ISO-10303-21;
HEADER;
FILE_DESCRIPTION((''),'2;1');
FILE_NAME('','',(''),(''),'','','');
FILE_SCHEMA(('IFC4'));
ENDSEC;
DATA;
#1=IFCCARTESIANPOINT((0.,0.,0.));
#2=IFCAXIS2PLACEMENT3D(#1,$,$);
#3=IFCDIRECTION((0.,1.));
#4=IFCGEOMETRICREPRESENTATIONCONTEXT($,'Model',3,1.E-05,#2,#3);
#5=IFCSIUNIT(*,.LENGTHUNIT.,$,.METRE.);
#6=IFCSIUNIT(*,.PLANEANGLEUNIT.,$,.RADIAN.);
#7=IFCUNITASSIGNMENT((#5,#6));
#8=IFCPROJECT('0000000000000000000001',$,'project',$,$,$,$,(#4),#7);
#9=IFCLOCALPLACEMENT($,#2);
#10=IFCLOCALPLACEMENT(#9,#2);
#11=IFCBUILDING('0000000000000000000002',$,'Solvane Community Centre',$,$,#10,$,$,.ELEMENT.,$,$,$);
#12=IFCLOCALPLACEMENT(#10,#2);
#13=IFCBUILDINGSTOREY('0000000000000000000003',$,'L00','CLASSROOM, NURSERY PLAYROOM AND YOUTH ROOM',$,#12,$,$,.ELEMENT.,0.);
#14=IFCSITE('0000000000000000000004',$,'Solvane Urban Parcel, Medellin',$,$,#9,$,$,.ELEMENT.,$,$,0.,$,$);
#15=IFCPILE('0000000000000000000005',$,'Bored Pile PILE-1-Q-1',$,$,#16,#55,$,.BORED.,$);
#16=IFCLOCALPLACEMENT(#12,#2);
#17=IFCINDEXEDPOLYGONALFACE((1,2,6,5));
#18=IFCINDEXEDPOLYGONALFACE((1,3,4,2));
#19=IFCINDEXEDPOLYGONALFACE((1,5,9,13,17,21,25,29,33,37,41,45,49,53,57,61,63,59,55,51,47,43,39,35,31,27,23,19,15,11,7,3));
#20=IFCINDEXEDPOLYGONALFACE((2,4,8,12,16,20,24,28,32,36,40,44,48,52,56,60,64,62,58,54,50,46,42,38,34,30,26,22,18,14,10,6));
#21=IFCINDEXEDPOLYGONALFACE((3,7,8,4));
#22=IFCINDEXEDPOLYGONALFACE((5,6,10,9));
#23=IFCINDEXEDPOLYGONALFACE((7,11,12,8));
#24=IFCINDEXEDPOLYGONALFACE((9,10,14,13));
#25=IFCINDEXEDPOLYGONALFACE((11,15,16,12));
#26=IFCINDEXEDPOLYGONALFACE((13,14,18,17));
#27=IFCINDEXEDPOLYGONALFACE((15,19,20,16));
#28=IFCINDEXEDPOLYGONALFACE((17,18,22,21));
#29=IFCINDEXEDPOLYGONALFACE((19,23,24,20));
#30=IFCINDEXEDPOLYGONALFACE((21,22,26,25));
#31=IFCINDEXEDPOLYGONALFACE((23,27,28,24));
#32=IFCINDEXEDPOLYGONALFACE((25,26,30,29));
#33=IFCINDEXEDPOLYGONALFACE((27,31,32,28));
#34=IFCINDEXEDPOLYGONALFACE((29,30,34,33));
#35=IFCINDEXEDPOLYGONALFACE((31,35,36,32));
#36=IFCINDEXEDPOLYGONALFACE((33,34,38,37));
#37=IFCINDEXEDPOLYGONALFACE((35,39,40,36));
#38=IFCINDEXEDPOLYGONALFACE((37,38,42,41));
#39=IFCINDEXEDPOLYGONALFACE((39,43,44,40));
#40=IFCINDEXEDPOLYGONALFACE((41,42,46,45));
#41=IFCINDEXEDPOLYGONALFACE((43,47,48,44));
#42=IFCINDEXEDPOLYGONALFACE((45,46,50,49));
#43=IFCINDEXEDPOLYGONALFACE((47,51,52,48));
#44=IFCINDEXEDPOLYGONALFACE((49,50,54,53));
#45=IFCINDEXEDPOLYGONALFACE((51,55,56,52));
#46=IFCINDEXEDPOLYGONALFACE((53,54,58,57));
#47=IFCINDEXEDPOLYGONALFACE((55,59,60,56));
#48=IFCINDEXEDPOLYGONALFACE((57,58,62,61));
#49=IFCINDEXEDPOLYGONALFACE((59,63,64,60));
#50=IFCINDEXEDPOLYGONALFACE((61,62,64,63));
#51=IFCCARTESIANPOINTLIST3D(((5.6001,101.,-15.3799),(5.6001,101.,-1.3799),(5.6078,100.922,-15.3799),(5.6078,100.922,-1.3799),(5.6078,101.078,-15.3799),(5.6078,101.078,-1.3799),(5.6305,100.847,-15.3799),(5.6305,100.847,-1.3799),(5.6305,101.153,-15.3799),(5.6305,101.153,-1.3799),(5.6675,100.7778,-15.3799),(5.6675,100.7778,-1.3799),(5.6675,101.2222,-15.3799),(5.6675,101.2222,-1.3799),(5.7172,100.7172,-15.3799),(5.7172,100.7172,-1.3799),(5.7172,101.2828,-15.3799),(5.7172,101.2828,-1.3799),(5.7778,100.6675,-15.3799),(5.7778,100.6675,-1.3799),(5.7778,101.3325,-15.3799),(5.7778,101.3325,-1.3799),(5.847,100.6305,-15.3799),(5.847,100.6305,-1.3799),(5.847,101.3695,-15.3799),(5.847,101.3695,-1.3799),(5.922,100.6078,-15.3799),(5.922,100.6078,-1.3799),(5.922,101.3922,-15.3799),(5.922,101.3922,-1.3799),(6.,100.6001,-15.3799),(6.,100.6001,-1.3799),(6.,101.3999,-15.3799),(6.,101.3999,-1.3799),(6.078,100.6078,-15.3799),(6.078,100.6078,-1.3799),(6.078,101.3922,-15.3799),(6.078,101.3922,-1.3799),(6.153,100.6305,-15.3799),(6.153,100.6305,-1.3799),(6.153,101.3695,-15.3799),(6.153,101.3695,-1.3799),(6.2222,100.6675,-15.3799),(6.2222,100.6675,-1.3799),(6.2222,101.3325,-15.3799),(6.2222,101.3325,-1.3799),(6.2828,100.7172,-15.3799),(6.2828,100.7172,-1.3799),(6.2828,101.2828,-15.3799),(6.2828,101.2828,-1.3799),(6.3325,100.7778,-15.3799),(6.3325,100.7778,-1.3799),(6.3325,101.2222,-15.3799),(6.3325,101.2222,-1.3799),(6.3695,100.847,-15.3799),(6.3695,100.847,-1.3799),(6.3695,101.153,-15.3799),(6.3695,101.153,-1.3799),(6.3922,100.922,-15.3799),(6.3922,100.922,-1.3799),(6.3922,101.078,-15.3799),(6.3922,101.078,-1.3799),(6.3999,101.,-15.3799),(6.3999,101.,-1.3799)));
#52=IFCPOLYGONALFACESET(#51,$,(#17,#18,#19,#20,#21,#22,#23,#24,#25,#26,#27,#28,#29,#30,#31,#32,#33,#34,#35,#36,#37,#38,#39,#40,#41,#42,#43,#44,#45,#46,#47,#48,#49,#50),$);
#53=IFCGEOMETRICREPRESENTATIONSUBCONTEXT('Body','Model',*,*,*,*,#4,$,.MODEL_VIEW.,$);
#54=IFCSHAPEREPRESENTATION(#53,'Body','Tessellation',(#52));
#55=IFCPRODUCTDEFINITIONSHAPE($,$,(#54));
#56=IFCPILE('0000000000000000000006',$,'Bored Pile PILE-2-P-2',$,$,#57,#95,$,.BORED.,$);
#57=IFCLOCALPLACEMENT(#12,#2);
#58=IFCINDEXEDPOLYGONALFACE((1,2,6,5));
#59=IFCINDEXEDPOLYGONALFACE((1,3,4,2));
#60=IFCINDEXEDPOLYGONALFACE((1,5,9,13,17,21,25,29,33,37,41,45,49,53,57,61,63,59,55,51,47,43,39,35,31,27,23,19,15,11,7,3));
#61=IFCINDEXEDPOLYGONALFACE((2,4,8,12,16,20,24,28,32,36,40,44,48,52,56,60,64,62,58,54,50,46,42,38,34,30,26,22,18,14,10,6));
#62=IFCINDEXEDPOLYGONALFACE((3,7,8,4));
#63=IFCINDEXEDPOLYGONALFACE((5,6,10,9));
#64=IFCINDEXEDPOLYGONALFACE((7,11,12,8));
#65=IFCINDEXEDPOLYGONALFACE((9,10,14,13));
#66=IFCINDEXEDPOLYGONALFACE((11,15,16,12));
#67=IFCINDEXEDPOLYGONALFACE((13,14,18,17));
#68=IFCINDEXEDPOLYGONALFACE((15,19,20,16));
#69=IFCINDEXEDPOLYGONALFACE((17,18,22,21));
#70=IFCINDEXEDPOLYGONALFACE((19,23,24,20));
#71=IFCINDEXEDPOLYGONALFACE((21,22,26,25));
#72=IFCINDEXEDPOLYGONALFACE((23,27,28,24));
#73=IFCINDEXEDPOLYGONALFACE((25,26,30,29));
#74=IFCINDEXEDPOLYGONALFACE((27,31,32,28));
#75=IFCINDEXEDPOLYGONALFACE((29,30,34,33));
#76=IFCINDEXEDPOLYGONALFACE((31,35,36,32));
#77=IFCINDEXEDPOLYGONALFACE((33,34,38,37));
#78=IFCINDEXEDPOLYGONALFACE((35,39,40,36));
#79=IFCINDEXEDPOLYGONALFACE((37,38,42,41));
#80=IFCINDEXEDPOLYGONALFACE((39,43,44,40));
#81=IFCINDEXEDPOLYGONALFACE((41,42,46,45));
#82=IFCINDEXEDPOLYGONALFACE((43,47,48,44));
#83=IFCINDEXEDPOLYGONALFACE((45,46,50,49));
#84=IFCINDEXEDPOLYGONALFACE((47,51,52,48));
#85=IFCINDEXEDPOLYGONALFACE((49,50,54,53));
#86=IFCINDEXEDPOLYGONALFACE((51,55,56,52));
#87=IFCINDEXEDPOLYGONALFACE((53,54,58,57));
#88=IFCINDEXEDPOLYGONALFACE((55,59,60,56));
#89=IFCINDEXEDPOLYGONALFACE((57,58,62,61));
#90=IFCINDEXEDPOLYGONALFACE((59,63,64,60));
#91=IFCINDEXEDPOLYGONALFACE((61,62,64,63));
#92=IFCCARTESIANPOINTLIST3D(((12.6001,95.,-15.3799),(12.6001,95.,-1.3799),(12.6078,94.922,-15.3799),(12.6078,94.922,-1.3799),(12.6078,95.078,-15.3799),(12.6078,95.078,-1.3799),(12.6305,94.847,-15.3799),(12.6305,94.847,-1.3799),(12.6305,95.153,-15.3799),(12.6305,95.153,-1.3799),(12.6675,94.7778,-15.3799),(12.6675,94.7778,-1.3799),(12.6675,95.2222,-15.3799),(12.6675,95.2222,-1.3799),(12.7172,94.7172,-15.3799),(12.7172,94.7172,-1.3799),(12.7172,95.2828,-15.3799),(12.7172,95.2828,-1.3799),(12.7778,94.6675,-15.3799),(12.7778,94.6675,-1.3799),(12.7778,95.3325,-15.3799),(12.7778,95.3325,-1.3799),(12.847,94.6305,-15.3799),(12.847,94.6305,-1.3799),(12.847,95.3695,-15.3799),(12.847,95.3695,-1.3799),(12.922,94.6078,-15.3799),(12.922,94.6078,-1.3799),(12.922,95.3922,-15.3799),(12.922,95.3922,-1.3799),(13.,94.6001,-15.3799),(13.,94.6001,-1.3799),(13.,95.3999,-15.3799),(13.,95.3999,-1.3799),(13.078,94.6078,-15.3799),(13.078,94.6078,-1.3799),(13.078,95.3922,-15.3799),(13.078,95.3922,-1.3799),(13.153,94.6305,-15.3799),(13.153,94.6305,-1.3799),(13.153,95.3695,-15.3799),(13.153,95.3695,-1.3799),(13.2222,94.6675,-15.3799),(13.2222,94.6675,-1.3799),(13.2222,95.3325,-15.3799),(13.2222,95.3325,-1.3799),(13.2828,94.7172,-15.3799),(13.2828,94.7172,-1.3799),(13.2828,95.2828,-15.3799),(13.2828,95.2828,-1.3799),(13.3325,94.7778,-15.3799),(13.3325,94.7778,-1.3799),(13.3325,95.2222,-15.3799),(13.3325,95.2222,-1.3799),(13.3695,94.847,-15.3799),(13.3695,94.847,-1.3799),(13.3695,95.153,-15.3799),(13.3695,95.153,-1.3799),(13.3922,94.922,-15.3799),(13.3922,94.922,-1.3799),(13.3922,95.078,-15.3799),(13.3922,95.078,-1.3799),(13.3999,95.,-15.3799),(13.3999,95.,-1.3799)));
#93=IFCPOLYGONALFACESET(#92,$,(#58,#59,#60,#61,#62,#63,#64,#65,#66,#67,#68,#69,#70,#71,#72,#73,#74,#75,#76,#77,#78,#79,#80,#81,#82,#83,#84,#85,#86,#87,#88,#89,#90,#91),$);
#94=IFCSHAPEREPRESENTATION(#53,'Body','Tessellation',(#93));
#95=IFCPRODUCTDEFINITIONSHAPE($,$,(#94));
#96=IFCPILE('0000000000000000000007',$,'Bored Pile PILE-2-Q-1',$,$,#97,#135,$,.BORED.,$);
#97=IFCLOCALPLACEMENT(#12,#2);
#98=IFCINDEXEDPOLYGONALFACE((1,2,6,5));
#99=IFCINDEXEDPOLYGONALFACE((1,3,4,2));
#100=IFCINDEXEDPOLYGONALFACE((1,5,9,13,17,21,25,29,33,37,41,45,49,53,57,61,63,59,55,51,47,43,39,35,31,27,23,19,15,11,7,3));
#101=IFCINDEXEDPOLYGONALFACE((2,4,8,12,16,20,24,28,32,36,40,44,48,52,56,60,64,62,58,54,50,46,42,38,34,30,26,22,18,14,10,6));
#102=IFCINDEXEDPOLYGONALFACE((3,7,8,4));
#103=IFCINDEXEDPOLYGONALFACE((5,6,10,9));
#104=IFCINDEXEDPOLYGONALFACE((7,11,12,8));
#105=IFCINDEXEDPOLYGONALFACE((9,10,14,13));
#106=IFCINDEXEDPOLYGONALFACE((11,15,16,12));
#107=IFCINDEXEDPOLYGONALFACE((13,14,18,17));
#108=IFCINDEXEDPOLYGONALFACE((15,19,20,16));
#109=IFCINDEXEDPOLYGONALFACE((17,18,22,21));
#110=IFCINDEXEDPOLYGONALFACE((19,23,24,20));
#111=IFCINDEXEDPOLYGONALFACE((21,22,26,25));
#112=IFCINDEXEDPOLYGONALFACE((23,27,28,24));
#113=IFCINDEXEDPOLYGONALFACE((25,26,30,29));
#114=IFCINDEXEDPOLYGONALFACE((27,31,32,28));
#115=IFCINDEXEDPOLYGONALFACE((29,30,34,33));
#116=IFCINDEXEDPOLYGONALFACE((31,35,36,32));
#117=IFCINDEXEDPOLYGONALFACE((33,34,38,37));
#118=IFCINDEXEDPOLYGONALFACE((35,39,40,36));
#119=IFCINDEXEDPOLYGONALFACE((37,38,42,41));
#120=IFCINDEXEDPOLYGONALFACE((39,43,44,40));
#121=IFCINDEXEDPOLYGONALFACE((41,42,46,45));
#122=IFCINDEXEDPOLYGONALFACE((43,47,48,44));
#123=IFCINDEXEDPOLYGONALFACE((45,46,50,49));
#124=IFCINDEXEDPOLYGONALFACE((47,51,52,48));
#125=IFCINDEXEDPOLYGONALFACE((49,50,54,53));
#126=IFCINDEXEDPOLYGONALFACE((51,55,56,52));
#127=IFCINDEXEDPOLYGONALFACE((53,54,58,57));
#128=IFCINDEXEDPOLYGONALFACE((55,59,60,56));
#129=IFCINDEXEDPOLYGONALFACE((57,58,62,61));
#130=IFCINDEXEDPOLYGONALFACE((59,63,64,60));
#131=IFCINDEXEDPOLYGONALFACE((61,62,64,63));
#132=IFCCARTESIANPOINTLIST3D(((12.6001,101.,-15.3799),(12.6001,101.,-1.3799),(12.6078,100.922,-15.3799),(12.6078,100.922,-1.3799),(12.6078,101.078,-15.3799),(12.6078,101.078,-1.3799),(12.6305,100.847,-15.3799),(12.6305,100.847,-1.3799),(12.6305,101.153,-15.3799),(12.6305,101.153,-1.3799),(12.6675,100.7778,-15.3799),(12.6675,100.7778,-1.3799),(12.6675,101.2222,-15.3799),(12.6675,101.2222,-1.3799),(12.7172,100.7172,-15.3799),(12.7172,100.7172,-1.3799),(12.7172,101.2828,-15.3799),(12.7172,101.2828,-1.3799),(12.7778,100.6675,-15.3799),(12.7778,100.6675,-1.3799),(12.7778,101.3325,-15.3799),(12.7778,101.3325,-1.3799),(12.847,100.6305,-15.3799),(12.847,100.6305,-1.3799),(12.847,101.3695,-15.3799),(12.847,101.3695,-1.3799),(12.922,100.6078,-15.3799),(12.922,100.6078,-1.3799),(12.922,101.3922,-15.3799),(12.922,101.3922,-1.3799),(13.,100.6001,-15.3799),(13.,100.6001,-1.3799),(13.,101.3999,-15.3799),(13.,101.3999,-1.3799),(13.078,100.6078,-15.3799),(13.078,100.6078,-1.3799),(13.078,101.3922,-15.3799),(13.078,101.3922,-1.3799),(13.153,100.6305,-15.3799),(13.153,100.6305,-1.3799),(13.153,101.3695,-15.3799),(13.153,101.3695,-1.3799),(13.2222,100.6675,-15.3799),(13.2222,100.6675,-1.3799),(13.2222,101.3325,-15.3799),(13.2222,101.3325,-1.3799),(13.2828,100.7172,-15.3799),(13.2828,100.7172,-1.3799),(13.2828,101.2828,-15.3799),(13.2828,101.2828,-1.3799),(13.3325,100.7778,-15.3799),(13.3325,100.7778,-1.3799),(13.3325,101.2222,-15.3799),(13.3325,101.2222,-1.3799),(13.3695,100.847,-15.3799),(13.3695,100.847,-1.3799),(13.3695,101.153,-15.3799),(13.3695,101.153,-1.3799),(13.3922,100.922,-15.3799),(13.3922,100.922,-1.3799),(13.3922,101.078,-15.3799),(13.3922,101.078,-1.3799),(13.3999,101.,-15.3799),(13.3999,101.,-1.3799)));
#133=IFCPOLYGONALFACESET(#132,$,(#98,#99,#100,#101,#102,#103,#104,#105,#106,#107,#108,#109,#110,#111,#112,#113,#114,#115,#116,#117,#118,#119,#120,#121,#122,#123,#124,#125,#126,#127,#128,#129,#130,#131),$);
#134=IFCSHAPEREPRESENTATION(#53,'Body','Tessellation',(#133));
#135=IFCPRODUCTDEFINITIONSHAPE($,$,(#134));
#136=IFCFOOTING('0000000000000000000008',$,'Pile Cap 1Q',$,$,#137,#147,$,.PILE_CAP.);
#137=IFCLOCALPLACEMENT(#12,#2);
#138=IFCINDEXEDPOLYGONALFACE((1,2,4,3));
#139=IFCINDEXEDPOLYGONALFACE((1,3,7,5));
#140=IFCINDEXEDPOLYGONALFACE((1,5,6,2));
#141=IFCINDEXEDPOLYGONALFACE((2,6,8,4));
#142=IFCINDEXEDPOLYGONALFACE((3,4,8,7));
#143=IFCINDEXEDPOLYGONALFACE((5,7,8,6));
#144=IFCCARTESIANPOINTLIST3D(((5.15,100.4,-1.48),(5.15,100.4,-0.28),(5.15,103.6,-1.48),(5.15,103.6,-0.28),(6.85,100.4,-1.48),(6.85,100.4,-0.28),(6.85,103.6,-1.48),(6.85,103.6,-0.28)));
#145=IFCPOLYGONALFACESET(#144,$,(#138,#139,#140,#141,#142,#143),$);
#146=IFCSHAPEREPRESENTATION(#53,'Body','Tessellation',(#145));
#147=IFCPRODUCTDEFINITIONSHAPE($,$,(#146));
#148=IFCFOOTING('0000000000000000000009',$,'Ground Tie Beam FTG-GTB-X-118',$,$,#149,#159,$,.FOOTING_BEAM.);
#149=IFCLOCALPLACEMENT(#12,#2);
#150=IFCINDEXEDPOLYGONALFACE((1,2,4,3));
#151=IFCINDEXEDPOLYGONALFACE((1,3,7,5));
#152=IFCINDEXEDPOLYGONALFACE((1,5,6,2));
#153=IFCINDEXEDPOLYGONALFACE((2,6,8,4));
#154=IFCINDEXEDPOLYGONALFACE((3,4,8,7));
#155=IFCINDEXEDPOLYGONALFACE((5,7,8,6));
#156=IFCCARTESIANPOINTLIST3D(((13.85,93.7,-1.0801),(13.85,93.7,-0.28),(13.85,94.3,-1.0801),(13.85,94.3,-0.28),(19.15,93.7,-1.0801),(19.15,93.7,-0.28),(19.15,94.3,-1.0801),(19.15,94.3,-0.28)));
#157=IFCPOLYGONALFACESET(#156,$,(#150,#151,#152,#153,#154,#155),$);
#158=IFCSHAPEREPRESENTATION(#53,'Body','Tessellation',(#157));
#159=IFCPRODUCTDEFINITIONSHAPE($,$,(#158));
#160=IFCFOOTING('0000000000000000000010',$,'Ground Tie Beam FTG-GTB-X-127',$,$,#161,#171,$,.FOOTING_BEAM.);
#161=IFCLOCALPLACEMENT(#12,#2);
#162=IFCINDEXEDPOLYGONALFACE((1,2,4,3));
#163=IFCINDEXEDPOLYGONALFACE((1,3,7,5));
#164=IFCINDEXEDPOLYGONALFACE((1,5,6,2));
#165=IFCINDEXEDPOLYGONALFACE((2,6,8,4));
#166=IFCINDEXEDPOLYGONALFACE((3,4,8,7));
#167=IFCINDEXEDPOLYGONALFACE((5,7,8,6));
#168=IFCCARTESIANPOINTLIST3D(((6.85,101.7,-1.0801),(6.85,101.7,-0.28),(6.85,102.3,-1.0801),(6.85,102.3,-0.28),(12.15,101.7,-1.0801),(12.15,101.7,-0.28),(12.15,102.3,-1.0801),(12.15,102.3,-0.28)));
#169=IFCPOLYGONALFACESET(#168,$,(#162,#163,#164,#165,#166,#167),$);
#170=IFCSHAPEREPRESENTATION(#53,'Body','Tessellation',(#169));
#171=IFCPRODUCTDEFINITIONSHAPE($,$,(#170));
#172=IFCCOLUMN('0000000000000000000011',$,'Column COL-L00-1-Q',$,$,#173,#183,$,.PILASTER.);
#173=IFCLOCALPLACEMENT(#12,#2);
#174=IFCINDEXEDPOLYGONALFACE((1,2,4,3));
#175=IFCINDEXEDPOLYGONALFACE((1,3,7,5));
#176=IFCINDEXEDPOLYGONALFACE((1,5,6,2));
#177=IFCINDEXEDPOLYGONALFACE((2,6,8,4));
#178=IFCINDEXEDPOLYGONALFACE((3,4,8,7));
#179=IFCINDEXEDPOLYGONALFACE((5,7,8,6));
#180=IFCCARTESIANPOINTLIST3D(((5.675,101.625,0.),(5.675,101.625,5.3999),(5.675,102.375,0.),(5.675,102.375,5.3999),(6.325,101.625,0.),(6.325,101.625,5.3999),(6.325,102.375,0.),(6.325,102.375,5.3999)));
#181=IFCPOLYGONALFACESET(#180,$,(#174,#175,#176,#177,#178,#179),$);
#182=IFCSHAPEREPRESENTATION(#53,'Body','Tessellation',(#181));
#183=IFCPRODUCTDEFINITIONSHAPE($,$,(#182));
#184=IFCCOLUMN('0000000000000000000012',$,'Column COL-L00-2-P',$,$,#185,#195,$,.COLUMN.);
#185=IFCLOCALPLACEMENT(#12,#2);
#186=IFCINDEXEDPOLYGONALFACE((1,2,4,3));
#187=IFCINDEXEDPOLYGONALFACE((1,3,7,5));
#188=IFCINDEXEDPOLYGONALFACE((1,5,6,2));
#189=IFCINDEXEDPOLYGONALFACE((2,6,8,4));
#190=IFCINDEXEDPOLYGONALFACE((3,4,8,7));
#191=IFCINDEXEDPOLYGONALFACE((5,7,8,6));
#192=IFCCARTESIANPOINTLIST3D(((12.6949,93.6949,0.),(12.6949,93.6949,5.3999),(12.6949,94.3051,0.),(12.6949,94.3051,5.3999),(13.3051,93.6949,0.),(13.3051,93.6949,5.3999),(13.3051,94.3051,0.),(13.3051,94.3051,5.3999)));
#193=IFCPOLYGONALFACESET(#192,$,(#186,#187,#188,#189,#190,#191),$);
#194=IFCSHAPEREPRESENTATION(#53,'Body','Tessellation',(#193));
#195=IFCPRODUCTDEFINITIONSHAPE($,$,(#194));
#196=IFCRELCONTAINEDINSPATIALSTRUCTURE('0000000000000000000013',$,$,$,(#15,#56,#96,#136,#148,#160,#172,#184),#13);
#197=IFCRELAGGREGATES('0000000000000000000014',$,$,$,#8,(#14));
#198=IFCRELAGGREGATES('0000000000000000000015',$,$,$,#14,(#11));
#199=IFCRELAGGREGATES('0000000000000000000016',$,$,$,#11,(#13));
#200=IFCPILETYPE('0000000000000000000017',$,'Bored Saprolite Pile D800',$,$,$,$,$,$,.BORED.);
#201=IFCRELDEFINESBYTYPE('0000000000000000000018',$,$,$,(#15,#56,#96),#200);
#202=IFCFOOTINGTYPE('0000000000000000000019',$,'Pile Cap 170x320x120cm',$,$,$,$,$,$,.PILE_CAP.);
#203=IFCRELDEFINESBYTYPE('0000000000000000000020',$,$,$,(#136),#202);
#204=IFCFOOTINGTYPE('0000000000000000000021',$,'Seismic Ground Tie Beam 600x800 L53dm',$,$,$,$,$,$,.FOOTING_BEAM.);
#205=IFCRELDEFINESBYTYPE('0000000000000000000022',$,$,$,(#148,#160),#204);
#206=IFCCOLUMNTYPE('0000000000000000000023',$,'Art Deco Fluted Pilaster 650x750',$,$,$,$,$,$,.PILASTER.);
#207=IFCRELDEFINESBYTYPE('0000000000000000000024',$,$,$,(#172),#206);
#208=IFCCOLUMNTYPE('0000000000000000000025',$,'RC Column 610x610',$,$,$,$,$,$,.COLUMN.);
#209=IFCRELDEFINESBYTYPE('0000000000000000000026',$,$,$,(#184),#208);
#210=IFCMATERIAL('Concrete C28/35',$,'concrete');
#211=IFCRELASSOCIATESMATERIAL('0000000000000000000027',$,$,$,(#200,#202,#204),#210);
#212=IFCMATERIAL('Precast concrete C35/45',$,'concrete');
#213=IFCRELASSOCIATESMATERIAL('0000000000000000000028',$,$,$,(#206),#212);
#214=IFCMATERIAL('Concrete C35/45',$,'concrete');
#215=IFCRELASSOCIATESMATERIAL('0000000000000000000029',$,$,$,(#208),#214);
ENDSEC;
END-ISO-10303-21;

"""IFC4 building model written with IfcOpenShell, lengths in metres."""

from ifc_helpers import new_model, si_unit, direction, frame, origin, origin_2d, place, context, subcontext, project, spatial, rectangle, circle, extrude, material, material_profile, profile_set, type_object, element, save


model = new_model("IFC4")

# Units and contexts
model_context = context("Model", 3, precision=1e-05, world=origin(), true_north=direction((0.0, 1.0)))
body_context = subcontext(model_context, "Body", "Model", "MODEL_VIEW")
ifc_project = project(units=[si_unit("LENGTHUNIT", "METRE"), si_unit("PLANEANGLEUNIT", "RADIAN")], contexts=[model_context])

# Site, building, storey
site_placement = place(None, origin())
site = spatial("IfcSite", under=ifc_project, at=site_placement, Name="Solvane Urban Parcel, Medellin", CompositionType="ELEMENT", RefElevation=0.0)
building_placement = place(site_placement, origin())
building = spatial("IfcBuilding", under=site, at=building_placement, Name="Solvane Community Centre", CompositionType="ELEMENT")
storey_placement = place(building_placement, origin())
storey = spatial("IfcBuildingStorey", under=building, at=storey_placement, Name="L00", Description="CLASSROOM, NURSERY PLAYROOM AND YOUTH ROOM", CompositionType="ELEMENT", Elevation=0.0)

# Piles
ifc_material_1 = material(Name="Concrete C28/35", Category="concrete")
ifc_material_profile_1 = material_profile(ifc_material_1, circle(Radius=0.3999, at=origin_2d()), Name="PILE D800")
ifc_profile_set_1 = profile_set([ifc_material_profile_1], Name="Concrete C28/35")
pile_type = type_object("IfcPileType", Name="Bored Saprolite Pile D800", PredefinedType="BORED", material=ifc_profile_set_1)
for number, where, z_axis, x_axis, name in (
    (1, (6.0, 101.0, -1.3799), (0.0, 0.0, -1.0), (1.0, 0.0, 0.0), "Bored Pile PILE-1-Q-1"),
    (2, (13.0, 95.0, -1.3799), (0.0, 0.0, -1.0), (1.0, 0.0, 0.0), "Bored Pile PILE-2-P-2"),
    (3, (13.0, 101.0, -1.3799), (0.0, 0.0, -1.0), (1.0, 0.0, 0.0), "Bored Pile PILE-2-Q-1"),
):
    element("IfcPile", number, at=place(storey_placement, frame(where, z_axis=z_axis, x_axis=x_axis)), inside=storey, type_object=pile_type, Name=name, PredefinedType="BORED", context=body_context, shape_type="SweptSolid", body=[
        extrude(circle(Radius=0.3999, at=origin_2d()), origin(), (0.0, 0.0, 1.0), 14.0),
    ])

# Footings
footing_type_1 = type_object("IfcFootingType", Name="Pile Cap 170x320x120cm", PredefinedType="PILE_CAP", material=ifc_material_1)
footing_placement = place(storey_placement, frame((6.0, 102.0, -1.48), z_axis=(0.0, 0.0, 1.0), x_axis=(1.0, 0.0, 0.0)))
element("IfcFooting", 4, at=footing_placement, inside=storey, type_object=footing_type_1, Name="Pile Cap 1Q", PredefinedType="PILE_CAP", context=body_context, shape_type="SweptSolid", body=[
    extrude(rectangle(XDim=1.7, YDim=3.2, at=origin_2d()), origin(), (0.0, 0.0, 1.0), 1.2),
])
footing_type_2 = type_object("IfcFootingType", Name="Seismic Ground Tie Beam 600x800 L53dm", PredefinedType="FOOTING_BEAM", material=ifc_material_1)
for number, where, z_axis, x_axis, name in (
    (5, (16.5, 94.0, -1.0801), (0.0, 0.0, 1.0), (1.0, 0.0, 0.0), "Ground Tie Beam FTG-GTB-X-118"),
    (6, (9.5, 102.0, -1.0801), (0.0, 0.0, 1.0), (1.0, 0.0, 0.0), "Ground Tie Beam FTG-GTB-X-127"),
):
    element("IfcFooting", number, at=place(storey_placement, frame(where, z_axis=z_axis, x_axis=x_axis)), inside=storey, type_object=footing_type_2, Name=name, PredefinedType="FOOTING_BEAM", context=body_context, shape_type="SweptSolid", body=[
        extrude(rectangle(XDim=5.3, YDim=0.6001, at=origin_2d()), origin(), (0.0, 0.0, 1.0), 0.8),
    ])

# Columns
ifc_material_2 = material(Name="Precast concrete C35/45", Category="concrete")
ifc_material_profile_2 = material_profile(ifc_material_2, rectangle(XDim=0.6499, YDim=0.75, at=origin_2d()), Name="RC 650x750")
ifc_profile_set_2 = profile_set([ifc_material_profile_2], Name="Precast concrete C35/45")
column_type_1 = type_object("IfcColumnType", Name="Art Deco Fluted Pilaster 650x750", PredefinedType="PILASTER", material=ifc_profile_set_2)
column_1_placement = place(storey_placement, frame((6.0, 102.0, 0.0), z_axis=(0.0, 0.0, 1.0), x_axis=(1.0, 0.0, 0.0)))
element("IfcColumn", 7, at=column_1_placement, inside=storey, type_object=column_type_1, Name="Column COL-L00-1-Q", PredefinedType="PILASTER", context=body_context, shape_type="SweptSolid", body=[
    extrude(rectangle(XDim=0.6499, YDim=0.75, at=origin_2d()), origin(), (0.0, 0.0, 1.0), 5.3999),
])
ifc_material_3 = material(Name="Concrete C35/45", Category="concrete")
ifc_material_profile_3 = material_profile(ifc_material_3, rectangle(XDim=0.6101, YDim=0.6101, at=origin_2d()), Name="RC 610x610")
ifc_profile_set_3 = profile_set([ifc_material_profile_3], Name="Concrete C35/45")
column_type_2 = type_object("IfcColumnType", Name="RC Column 610x610", PredefinedType="COLUMN", material=ifc_profile_set_3)
column_2_placement = place(storey_placement, frame((13.0, 94.0, 0.0), z_axis=(0.0, 0.0, 1.0), x_axis=(1.0, 0.0, 0.0)))
element("IfcColumn", 8, at=column_2_placement, inside=storey, type_object=column_type_2, Name="Column COL-L00-2-P", PredefinedType="COLUMN", context=body_context, shape_type="SweptSolid", body=[
    extrude(rectangle(XDim=0.6101, YDim=0.6101, at=origin_2d()), origin(), (0.0, 0.0, 1.0), 5.3999),
])

save(model, "model.ifc")
